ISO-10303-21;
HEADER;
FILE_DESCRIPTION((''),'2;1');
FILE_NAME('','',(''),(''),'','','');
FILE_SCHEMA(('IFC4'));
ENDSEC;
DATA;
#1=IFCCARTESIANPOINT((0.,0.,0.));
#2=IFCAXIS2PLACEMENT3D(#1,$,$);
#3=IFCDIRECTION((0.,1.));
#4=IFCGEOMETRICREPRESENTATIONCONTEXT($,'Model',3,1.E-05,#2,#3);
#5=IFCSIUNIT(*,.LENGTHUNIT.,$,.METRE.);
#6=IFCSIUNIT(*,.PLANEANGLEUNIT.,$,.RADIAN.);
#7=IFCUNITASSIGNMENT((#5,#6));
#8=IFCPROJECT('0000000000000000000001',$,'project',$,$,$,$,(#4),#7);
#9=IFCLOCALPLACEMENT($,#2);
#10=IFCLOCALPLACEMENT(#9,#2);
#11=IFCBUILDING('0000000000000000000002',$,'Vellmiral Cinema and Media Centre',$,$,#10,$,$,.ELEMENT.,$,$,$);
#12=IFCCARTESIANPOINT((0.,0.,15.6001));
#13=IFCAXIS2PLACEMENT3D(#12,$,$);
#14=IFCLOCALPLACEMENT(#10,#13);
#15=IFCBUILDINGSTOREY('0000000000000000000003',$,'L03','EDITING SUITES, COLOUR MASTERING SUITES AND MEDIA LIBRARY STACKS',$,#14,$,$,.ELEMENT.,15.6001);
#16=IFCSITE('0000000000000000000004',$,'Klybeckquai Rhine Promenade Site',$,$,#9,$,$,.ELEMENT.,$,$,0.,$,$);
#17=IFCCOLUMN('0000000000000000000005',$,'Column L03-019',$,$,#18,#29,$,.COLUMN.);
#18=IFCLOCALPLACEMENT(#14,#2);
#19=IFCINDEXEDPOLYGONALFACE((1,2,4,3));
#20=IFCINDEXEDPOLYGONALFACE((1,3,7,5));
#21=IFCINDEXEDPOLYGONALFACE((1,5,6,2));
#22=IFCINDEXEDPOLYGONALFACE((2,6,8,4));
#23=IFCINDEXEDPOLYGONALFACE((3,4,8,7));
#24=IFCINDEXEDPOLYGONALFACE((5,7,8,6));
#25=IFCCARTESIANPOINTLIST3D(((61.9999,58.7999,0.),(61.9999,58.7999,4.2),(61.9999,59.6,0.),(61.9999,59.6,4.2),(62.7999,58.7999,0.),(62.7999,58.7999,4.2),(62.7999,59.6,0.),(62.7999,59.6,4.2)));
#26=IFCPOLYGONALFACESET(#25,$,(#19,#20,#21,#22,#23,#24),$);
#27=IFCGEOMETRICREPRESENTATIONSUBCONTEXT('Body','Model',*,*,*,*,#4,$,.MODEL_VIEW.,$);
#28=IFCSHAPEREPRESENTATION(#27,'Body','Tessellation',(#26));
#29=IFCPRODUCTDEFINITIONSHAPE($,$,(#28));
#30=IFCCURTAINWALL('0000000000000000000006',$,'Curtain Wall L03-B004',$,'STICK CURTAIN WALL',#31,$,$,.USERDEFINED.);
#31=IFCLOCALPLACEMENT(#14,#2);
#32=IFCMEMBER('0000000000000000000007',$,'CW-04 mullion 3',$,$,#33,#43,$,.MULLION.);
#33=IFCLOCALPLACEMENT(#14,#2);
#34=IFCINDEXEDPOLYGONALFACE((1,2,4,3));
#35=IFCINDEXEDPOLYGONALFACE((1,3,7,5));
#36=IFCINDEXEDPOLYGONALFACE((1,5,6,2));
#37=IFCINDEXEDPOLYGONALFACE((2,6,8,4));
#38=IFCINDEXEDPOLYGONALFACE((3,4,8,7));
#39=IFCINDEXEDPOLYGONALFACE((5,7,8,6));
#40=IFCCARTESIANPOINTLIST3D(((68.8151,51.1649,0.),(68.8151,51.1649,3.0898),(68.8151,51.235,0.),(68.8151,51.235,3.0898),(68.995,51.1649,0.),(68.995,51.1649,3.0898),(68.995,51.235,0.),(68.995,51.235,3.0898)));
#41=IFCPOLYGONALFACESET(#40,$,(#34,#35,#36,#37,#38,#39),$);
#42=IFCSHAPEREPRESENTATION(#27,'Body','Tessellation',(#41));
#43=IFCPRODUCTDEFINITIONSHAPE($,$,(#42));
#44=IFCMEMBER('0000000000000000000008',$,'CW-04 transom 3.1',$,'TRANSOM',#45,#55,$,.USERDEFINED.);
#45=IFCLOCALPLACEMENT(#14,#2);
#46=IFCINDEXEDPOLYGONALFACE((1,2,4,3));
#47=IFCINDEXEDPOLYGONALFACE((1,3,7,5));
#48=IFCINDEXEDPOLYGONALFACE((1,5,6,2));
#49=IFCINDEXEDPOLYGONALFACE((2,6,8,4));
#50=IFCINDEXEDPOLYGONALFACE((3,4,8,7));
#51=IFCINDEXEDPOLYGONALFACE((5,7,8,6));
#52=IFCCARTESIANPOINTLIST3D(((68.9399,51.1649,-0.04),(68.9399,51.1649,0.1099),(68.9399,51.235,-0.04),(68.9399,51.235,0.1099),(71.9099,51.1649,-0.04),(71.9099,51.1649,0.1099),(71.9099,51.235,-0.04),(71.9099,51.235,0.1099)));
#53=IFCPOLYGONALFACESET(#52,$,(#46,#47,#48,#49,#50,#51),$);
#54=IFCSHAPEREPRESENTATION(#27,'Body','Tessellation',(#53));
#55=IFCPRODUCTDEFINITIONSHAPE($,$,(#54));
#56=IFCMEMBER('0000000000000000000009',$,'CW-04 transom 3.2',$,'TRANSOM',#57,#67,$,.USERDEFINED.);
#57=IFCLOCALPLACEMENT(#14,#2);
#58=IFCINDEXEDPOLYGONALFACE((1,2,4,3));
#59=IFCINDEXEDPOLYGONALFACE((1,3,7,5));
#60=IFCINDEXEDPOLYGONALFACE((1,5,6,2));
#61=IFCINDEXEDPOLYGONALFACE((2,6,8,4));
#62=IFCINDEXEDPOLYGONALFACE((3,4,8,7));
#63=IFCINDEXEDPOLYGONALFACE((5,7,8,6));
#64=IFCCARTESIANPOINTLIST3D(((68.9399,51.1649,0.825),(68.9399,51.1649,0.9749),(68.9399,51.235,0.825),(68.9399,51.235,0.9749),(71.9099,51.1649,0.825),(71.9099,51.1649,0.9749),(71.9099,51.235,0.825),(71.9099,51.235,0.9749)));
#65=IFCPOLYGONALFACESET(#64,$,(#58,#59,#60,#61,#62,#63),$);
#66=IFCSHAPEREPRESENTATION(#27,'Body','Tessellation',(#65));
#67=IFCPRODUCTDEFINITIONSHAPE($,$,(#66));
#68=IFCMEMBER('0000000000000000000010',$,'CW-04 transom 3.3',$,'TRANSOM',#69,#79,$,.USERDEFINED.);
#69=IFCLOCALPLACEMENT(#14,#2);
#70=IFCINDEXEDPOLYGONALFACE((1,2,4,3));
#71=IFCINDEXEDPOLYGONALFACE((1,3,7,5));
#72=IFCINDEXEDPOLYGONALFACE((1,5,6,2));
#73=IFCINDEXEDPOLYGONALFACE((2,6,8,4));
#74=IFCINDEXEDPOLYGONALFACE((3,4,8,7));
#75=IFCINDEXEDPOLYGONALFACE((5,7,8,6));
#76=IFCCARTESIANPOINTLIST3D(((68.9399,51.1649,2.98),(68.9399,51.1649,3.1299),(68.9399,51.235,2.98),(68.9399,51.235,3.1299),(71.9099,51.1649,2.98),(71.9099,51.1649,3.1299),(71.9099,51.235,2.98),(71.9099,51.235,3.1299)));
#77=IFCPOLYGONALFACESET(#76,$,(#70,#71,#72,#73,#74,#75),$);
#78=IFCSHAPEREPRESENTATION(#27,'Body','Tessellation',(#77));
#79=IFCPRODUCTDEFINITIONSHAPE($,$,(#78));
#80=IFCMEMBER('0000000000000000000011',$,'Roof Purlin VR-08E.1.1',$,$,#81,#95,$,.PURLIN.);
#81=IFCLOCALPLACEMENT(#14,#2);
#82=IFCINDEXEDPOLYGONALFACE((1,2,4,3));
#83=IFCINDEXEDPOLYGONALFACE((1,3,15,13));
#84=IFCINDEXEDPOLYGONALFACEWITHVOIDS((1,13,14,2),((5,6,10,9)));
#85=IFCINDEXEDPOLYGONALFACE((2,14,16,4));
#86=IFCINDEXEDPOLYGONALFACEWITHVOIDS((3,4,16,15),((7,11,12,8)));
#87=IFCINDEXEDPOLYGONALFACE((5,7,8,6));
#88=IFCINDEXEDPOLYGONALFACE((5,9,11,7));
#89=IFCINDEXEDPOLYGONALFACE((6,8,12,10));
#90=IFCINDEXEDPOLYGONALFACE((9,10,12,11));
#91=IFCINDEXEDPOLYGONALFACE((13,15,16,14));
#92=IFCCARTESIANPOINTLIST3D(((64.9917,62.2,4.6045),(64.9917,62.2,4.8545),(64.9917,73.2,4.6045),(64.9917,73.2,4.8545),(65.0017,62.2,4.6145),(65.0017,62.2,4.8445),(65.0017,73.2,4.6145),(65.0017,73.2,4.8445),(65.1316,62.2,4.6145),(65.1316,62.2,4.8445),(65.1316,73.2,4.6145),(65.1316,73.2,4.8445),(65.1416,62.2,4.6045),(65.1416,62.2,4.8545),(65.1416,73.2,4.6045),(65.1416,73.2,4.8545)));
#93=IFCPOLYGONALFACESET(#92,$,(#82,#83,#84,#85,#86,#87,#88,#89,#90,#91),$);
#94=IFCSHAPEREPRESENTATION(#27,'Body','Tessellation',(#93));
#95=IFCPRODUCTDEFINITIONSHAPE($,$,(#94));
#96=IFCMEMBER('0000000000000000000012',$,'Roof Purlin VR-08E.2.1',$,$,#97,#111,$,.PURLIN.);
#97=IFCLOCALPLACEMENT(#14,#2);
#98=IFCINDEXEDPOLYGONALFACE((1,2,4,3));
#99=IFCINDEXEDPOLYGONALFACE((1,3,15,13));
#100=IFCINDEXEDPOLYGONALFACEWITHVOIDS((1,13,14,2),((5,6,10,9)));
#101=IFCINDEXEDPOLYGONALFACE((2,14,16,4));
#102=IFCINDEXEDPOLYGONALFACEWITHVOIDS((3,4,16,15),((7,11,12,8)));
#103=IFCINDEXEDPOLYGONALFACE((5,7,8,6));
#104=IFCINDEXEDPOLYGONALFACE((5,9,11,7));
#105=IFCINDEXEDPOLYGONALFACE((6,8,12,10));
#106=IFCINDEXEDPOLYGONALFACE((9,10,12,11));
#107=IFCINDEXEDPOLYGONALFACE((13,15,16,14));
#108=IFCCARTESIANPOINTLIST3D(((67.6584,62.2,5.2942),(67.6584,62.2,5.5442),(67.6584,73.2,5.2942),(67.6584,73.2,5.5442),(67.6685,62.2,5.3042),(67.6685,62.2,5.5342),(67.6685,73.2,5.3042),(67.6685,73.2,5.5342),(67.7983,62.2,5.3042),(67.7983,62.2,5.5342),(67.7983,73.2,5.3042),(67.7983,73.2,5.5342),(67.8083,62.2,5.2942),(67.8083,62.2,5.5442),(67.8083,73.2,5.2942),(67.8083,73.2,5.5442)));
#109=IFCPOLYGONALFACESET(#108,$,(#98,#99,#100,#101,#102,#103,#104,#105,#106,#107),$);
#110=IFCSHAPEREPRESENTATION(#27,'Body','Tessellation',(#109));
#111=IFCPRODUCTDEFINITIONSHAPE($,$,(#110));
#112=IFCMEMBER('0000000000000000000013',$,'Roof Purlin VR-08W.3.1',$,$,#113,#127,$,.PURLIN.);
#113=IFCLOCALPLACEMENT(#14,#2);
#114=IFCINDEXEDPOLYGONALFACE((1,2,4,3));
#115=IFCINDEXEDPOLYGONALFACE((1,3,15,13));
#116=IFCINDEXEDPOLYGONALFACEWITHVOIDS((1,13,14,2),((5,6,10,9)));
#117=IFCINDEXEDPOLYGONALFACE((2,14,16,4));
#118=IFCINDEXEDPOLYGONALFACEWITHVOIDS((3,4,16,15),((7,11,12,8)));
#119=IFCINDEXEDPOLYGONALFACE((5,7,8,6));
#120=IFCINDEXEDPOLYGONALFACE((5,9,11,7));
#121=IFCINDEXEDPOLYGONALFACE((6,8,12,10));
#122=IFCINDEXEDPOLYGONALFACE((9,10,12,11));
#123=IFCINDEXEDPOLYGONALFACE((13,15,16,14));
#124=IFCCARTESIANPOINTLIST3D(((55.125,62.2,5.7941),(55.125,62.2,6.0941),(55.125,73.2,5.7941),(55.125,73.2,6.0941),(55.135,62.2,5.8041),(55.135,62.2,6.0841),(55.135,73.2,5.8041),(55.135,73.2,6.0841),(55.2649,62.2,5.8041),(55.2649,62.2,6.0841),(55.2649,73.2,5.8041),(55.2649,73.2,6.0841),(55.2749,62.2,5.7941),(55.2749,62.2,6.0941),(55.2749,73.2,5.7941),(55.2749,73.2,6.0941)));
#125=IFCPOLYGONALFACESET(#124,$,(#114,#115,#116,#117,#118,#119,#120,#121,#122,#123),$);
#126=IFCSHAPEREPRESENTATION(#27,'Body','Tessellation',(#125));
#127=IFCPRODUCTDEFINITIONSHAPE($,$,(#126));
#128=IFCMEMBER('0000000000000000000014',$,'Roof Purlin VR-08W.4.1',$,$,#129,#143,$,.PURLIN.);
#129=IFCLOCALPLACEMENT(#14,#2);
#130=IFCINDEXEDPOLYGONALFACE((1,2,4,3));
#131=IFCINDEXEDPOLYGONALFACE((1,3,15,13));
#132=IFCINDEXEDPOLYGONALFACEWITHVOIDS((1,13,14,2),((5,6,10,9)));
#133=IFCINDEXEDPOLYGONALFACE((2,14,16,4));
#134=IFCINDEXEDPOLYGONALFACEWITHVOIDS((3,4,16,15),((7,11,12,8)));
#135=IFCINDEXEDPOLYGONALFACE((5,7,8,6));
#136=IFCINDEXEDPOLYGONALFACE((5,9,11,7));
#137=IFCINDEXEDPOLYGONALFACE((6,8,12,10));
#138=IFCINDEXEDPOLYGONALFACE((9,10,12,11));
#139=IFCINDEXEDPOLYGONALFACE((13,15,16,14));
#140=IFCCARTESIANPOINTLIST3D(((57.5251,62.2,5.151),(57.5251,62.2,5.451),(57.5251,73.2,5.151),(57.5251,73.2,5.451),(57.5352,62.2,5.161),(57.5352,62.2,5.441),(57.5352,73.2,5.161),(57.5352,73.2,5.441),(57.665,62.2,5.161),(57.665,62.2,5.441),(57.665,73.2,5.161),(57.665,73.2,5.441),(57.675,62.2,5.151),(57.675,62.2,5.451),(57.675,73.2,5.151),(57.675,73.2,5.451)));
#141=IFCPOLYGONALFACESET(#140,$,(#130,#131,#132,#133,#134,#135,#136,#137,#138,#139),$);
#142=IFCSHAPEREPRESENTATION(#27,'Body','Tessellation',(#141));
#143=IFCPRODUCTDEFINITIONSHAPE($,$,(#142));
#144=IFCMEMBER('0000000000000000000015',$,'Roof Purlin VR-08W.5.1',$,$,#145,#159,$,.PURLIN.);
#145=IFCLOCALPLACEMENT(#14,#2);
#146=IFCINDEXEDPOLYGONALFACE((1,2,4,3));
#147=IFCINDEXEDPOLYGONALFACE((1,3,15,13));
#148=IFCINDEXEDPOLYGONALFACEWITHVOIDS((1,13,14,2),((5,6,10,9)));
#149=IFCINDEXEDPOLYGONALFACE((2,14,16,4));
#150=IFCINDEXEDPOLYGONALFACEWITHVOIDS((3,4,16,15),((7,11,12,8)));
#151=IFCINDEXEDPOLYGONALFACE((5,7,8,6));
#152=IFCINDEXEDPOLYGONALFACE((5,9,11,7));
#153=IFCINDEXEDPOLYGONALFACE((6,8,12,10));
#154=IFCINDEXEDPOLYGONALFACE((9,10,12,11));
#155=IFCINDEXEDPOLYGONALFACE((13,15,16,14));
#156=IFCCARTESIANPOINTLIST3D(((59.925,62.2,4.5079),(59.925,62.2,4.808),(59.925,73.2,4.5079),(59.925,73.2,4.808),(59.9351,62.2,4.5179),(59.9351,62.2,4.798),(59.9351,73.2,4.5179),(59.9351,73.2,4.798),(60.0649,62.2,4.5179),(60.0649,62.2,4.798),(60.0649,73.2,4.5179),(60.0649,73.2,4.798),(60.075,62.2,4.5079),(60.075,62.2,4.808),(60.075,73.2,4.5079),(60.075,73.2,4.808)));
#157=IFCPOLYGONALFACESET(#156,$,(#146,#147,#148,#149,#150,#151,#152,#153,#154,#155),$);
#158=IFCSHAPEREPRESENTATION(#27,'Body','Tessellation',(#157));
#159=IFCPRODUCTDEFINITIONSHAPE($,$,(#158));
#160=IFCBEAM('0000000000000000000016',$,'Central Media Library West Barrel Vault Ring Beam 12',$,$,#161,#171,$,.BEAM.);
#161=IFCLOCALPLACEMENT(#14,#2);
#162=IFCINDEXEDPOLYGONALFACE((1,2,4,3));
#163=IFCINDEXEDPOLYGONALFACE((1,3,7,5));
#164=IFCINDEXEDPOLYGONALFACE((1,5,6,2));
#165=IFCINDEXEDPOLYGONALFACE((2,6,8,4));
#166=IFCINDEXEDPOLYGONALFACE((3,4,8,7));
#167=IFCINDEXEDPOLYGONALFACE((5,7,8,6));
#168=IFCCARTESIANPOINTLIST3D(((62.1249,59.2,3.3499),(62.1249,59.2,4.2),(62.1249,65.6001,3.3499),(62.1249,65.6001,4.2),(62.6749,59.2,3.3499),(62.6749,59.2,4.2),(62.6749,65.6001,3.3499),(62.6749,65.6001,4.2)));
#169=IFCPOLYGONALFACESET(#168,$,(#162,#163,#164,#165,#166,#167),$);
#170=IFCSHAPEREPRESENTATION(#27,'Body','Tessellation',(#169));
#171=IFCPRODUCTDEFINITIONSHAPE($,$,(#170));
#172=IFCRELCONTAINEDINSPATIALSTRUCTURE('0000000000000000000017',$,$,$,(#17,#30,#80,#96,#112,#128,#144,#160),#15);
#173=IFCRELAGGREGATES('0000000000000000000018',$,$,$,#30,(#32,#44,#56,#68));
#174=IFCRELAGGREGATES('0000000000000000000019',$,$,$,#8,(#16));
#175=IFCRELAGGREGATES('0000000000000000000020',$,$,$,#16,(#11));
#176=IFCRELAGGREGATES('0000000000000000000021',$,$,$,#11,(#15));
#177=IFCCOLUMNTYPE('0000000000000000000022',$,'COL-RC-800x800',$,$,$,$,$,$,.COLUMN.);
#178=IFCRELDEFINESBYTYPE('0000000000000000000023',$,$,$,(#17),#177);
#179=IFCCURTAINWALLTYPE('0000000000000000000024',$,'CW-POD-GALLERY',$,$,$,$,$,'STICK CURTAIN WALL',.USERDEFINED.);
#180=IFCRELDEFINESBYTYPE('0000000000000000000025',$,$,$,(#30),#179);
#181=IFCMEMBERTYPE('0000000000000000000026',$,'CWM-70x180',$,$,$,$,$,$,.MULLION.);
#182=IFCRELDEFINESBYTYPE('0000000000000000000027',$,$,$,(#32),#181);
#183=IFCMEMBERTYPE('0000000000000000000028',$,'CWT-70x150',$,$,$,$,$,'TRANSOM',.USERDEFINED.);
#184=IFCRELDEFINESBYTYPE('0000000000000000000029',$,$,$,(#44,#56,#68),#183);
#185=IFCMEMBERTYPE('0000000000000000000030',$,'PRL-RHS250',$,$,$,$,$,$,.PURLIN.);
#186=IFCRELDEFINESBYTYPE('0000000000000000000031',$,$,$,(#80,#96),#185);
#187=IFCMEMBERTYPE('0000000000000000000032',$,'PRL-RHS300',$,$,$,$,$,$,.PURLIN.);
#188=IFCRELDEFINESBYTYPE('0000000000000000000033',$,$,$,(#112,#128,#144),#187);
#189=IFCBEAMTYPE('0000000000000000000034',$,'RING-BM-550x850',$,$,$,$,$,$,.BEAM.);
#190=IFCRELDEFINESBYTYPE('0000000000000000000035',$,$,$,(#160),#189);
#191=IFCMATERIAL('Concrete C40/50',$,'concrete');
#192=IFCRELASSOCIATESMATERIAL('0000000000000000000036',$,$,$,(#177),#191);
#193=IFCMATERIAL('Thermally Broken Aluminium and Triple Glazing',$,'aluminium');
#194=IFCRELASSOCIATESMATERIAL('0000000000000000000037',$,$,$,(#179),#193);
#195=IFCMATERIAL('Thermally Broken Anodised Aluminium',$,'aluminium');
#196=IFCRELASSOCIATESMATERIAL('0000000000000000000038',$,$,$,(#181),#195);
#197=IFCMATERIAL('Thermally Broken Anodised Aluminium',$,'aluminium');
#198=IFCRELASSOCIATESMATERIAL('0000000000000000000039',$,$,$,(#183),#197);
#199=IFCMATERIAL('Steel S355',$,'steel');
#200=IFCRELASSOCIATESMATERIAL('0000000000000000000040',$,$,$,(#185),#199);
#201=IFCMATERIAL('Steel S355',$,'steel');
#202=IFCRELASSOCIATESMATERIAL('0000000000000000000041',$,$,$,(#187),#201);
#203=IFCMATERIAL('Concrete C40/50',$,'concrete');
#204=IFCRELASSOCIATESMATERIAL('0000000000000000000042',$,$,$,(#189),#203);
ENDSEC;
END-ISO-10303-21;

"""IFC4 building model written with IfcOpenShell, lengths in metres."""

from ifc_helpers import new_model, si_unit, direction, frame, origin, origin_2d, place, context, subcontext, project, spatial, rectangle, hollow_rectangle, extrude, material, material_profile, profile_set, type_object, element, aggregate, save


model = new_model("IFC4")

# Units and contexts
model_context = context("Model", 3, precision=1e-05, world=origin(), true_north=direction((0.0, 1.0)))
body_context = subcontext(model_context, "Body", "Model", "MODEL_VIEW")
ifc_project = project(units=[si_unit("LENGTHUNIT", "METRE"), si_unit("PLANEANGLEUNIT", "RADIAN")], contexts=[model_context])

# Site, building, storey
site_placement = place(None, origin())
site = spatial("IfcSite", under=ifc_project, at=site_placement, Name="Klybeckquai Rhine Promenade Site", CompositionType="ELEMENT", RefElevation=0.0)
building_placement = place(site_placement, origin())
building = spatial("IfcBuilding", under=site, at=building_placement, Name="Vellmiral Cinema and Media Centre", CompositionType="ELEMENT")
storey_placement = place(building_placement, frame((0.0, 0.0, 15.6001)))
storey = spatial("IfcBuildingStorey", under=building, at=storey_placement, Name="L03", Description="EDITING SUITES, COLOUR MASTERING SUITES AND MEDIA LIBRARY STACKS", CompositionType="ELEMENT", Elevation=15.6001)

# Column
ifc_material_1 = material(Name="Concrete C40/50", Category="concrete")
ifc_material_profile_1 = material_profile(ifc_material_1, rectangle(XDim=0.8, YDim=0.8, at=origin_2d()), Name="RC 800x800")
ifc_profile_set_1 = profile_set([ifc_material_profile_1], Name="Concrete C40/50")
column_type = type_object("IfcColumnType", Name="COL-RC-800x800", PredefinedType="COLUMN", material=ifc_profile_set_1)
column_placement = place(storey_placement, frame((62.3999, 59.2, 0.0), z_axis=(0.0, 0.0, 1.0), x_axis=(1.0, 0.0, 0.0)))
element("IfcColumn", 1, at=column_placement, inside=storey, type_object=column_type, Name="Column L03-019", PredefinedType="COLUMN", context=body_context, shape_type="SweptSolid", body=[
    extrude(rectangle(XDim=0.8, YDim=0.8, at=origin_2d()), origin(), (0.0, 0.0, 1.0), 4.2),
])

# Curtain wall, members
ifc_material_2 = material(Name="Thermally Broken Aluminium and Triple Glazing", Category="aluminium")
curtain_wall_type = type_object("IfcCurtainWallType", Name="CW-POD-GALLERY", ElementType="STICK CURTAIN WALL", PredefinedType="USERDEFINED", material=ifc_material_2)
curtain_wall_placement = place(storey_placement, origin())
curtain_wall = element("IfcCurtainWall", 2, at=curtain_wall_placement, inside=storey, type_object=curtain_wall_type, Name="Curtain Wall L03-B004", ObjectType="STICK CURTAIN WALL", PredefinedType="USERDEFINED")
ifc_material_3 = material(Name="Thermally Broken Anodised Aluminium", Category="aluminium")
ifc_material_profile_2 = material_profile(ifc_material_3, rectangle(XDim=0.0701, YDim=0.1799, at=origin_2d()), Name="MULL 70x180")
ifc_profile_set_2 = profile_set([ifc_material_profile_2], Name="Thermally Broken Anodised Aluminium")
member_type_1 = type_object("IfcMemberType", Name="CWM-70x180", PredefinedType="MULLION", material=ifc_profile_set_2)
member_1_placement = place(storey_placement, frame((68.905, 51.2, 0.0), z_axis=(0.0, 0.0, 1.0), x_axis=(0.0, 1.0, 0.0)))
member_1 = element("IfcMember", 3, at=member_1_placement, type_object=member_type_1, Name="CW-04 mullion 3", PredefinedType="MULLION", context=body_context, shape_type="SweptSolid", body=[
    extrude(rectangle(XDim=0.0701, YDim=0.1799, at=origin_2d()), origin(), (0.0, 0.0, 1.0), 3.0898),
])
ifc_material_4 = material(Name="Thermally Broken Anodised Aluminium", Category="aluminium")
ifc_material_profile_3 = material_profile(ifc_material_4, rectangle(XDim=0.0701, YDim=0.1499, at=origin_2d()), Name="MULL 70x150")
ifc_profile_set_3 = profile_set([ifc_material_profile_3], Name="Thermally Broken Anodised Aluminium")
member_type_2 = type_object("IfcMemberType", Name="CWT-70x150", ElementType="TRANSOM", PredefinedType="USERDEFINED", material=ifc_profile_set_3)
member_2_placement = place(storey_placement, frame((68.9399, 51.2, 0.0349), z_axis=(1.0, 0.0, 0.0), x_axis=(0.0, 1.0, 0.0)))
member_2 = element("IfcMember", 4, at=member_2_placement, type_object=member_type_2, Name="CW-04 transom 3.1", ObjectType="TRANSOM", PredefinedType="USERDEFINED", context=body_context, shape_type="SweptSolid", body=[
    extrude(rectangle(XDim=0.0701, YDim=0.1499, at=origin_2d()), origin(), (0.0, 0.0, 1.0), 2.97),
])
member_3_placement = place(storey_placement, frame((68.9399, 51.2, 0.8999), z_axis=(1.0, 0.0, 0.0), x_axis=(0.0, 1.0, 0.0)))
member_3 = element("IfcMember", 5, at=member_3_placement, type_object=member_type_2, Name="CW-04 transom 3.2", ObjectType="TRANSOM", PredefinedType="USERDEFINED", context=body_context, shape_type="SweptSolid", body=[
    extrude(rectangle(XDim=0.0701, YDim=0.1499, at=origin_2d()), origin(), (0.0, 0.0, 1.0), 2.97),
])
member_4_placement = place(storey_placement, frame((68.9399, 51.2, 3.0549), z_axis=(1.0, 0.0, 0.0), x_axis=(0.0, 1.0, 0.0)))
member_4 = element("IfcMember", 6, at=member_4_placement, type_object=member_type_2, Name="CW-04 transom 3.3", ObjectType="TRANSOM", PredefinedType="USERDEFINED", context=body_context, shape_type="SweptSolid", body=[
    extrude(rectangle(XDim=0.0701, YDim=0.1499, at=origin_2d()), origin(), (0.0, 0.0, 1.0), 2.97),
])

# Members
ifc_material_5 = material(Name="Steel S355", Category="steel")
ifc_material_profile_4 = material_profile(ifc_material_5, hollow_rectangle(XDim=0.1499, YDim=0.25, WallThickness=0.01, at=origin_2d()), Name="RHS 250x150x10.0")
ifc_profile_set_4 = profile_set([ifc_material_profile_4], Name="Steel S355")
member_type_3 = type_object("IfcMemberType", Name="PRL-RHS250", PredefinedType="PURLIN", material=ifc_profile_set_4)
for number, where, z_axis, x_axis, name in (
    (7, (65.0667, 62.2, 4.7295), (0.0, 1.0, 0.0), (-1.0, 0.0, 0.0), "Roof Purlin VR-08E.1.1"),
    (8, (67.7334, 62.2, 5.4192), (0.0, 1.0, 0.0), (-1.0, 0.0, 0.0), "Roof Purlin VR-08E.2.1"),
):
    element("IfcMember", number, at=place(storey_placement, frame(where, z_axis=z_axis, x_axis=x_axis)), inside=storey, type_object=member_type_3, Name=name, PredefinedType="PURLIN", context=body_context, shape_type="SweptSolid", body=[
        extrude(hollow_rectangle(XDim=0.1499, YDim=0.25, WallThickness=0.01, at=origin_2d()), origin(), (0.0, 0.0, 1.0), 11.0),
    ])
ifc_material_6 = material(Name="Steel S355", Category="steel")
ifc_material_profile_5 = material_profile(ifc_material_6, hollow_rectangle(XDim=0.1499, YDim=0.3, WallThickness=0.01, at=origin_2d()), Name="RHS 300x150x10.0")
ifc_profile_set_5 = profile_set([ifc_material_profile_5], Name="Steel S355")
member_type_4 = type_object("IfcMemberType", Name="PRL-RHS300", PredefinedType="PURLIN", material=ifc_profile_set_5)
for number, where, z_axis, x_axis, name in (
    (9, (55.2, 62.2, 5.9441), (0.0, 1.0, 0.0), (-1.0, 0.0, 0.0), "Roof Purlin VR-08W.3.1"),
    (10, (57.6001, 62.2, 5.301), (0.0, 1.0, 0.0), (-1.0, 0.0, 0.0), "Roof Purlin VR-08W.4.1"),
    (11, (60.0, 62.2, 4.658), (0.0, 1.0, 0.0), (-1.0, 0.0, 0.0), "Roof Purlin VR-08W.5.1"),
):
    element("IfcMember", number, at=place(storey_placement, frame(where, z_axis=z_axis, x_axis=x_axis)), inside=storey, type_object=member_type_4, Name=name, PredefinedType="PURLIN", context=body_context, shape_type="SweptSolid", body=[
        extrude(hollow_rectangle(XDim=0.1499, YDim=0.3, WallThickness=0.01, at=origin_2d()), origin(), (0.0, 0.0, 1.0), 11.0),
    ])

# Beam
ifc_material_7 = material(Name="Concrete C40/50", Category="concrete")
ifc_material_profile_6 = material_profile(ifc_material_7, rectangle(XDim=0.55, YDim=0.8501, at=origin_2d()), Name="RC 550x850")
ifc_profile_set_6 = profile_set([ifc_material_profile_6], Name="Concrete C40/50")
beam_type = type_object("IfcBeamType", Name="RING-BM-550x850", PredefinedType="BEAM", material=ifc_profile_set_6)
beam_placement = place(storey_placement, frame((62.3999, 59.2, 3.7749), z_axis=(0.0, 1.0, 0.0), x_axis=(-1.0, 0.0, 0.0)))
element("IfcBeam", 12, at=beam_placement, inside=storey, type_object=beam_type, Name="Central Media Library West Barrel Vault Ring Beam 12", PredefinedType="BEAM", context=body_context, shape_type="SweptSolid", body=[
    extrude(rectangle(XDim=0.55, YDim=0.8501, at=origin_2d()), origin(), (0.0, 0.0, 1.0), 6.4001),
])

aggregate(curtain_wall, [member_1, member_2, member_3, member_4])

save(model, "model.ifc")
